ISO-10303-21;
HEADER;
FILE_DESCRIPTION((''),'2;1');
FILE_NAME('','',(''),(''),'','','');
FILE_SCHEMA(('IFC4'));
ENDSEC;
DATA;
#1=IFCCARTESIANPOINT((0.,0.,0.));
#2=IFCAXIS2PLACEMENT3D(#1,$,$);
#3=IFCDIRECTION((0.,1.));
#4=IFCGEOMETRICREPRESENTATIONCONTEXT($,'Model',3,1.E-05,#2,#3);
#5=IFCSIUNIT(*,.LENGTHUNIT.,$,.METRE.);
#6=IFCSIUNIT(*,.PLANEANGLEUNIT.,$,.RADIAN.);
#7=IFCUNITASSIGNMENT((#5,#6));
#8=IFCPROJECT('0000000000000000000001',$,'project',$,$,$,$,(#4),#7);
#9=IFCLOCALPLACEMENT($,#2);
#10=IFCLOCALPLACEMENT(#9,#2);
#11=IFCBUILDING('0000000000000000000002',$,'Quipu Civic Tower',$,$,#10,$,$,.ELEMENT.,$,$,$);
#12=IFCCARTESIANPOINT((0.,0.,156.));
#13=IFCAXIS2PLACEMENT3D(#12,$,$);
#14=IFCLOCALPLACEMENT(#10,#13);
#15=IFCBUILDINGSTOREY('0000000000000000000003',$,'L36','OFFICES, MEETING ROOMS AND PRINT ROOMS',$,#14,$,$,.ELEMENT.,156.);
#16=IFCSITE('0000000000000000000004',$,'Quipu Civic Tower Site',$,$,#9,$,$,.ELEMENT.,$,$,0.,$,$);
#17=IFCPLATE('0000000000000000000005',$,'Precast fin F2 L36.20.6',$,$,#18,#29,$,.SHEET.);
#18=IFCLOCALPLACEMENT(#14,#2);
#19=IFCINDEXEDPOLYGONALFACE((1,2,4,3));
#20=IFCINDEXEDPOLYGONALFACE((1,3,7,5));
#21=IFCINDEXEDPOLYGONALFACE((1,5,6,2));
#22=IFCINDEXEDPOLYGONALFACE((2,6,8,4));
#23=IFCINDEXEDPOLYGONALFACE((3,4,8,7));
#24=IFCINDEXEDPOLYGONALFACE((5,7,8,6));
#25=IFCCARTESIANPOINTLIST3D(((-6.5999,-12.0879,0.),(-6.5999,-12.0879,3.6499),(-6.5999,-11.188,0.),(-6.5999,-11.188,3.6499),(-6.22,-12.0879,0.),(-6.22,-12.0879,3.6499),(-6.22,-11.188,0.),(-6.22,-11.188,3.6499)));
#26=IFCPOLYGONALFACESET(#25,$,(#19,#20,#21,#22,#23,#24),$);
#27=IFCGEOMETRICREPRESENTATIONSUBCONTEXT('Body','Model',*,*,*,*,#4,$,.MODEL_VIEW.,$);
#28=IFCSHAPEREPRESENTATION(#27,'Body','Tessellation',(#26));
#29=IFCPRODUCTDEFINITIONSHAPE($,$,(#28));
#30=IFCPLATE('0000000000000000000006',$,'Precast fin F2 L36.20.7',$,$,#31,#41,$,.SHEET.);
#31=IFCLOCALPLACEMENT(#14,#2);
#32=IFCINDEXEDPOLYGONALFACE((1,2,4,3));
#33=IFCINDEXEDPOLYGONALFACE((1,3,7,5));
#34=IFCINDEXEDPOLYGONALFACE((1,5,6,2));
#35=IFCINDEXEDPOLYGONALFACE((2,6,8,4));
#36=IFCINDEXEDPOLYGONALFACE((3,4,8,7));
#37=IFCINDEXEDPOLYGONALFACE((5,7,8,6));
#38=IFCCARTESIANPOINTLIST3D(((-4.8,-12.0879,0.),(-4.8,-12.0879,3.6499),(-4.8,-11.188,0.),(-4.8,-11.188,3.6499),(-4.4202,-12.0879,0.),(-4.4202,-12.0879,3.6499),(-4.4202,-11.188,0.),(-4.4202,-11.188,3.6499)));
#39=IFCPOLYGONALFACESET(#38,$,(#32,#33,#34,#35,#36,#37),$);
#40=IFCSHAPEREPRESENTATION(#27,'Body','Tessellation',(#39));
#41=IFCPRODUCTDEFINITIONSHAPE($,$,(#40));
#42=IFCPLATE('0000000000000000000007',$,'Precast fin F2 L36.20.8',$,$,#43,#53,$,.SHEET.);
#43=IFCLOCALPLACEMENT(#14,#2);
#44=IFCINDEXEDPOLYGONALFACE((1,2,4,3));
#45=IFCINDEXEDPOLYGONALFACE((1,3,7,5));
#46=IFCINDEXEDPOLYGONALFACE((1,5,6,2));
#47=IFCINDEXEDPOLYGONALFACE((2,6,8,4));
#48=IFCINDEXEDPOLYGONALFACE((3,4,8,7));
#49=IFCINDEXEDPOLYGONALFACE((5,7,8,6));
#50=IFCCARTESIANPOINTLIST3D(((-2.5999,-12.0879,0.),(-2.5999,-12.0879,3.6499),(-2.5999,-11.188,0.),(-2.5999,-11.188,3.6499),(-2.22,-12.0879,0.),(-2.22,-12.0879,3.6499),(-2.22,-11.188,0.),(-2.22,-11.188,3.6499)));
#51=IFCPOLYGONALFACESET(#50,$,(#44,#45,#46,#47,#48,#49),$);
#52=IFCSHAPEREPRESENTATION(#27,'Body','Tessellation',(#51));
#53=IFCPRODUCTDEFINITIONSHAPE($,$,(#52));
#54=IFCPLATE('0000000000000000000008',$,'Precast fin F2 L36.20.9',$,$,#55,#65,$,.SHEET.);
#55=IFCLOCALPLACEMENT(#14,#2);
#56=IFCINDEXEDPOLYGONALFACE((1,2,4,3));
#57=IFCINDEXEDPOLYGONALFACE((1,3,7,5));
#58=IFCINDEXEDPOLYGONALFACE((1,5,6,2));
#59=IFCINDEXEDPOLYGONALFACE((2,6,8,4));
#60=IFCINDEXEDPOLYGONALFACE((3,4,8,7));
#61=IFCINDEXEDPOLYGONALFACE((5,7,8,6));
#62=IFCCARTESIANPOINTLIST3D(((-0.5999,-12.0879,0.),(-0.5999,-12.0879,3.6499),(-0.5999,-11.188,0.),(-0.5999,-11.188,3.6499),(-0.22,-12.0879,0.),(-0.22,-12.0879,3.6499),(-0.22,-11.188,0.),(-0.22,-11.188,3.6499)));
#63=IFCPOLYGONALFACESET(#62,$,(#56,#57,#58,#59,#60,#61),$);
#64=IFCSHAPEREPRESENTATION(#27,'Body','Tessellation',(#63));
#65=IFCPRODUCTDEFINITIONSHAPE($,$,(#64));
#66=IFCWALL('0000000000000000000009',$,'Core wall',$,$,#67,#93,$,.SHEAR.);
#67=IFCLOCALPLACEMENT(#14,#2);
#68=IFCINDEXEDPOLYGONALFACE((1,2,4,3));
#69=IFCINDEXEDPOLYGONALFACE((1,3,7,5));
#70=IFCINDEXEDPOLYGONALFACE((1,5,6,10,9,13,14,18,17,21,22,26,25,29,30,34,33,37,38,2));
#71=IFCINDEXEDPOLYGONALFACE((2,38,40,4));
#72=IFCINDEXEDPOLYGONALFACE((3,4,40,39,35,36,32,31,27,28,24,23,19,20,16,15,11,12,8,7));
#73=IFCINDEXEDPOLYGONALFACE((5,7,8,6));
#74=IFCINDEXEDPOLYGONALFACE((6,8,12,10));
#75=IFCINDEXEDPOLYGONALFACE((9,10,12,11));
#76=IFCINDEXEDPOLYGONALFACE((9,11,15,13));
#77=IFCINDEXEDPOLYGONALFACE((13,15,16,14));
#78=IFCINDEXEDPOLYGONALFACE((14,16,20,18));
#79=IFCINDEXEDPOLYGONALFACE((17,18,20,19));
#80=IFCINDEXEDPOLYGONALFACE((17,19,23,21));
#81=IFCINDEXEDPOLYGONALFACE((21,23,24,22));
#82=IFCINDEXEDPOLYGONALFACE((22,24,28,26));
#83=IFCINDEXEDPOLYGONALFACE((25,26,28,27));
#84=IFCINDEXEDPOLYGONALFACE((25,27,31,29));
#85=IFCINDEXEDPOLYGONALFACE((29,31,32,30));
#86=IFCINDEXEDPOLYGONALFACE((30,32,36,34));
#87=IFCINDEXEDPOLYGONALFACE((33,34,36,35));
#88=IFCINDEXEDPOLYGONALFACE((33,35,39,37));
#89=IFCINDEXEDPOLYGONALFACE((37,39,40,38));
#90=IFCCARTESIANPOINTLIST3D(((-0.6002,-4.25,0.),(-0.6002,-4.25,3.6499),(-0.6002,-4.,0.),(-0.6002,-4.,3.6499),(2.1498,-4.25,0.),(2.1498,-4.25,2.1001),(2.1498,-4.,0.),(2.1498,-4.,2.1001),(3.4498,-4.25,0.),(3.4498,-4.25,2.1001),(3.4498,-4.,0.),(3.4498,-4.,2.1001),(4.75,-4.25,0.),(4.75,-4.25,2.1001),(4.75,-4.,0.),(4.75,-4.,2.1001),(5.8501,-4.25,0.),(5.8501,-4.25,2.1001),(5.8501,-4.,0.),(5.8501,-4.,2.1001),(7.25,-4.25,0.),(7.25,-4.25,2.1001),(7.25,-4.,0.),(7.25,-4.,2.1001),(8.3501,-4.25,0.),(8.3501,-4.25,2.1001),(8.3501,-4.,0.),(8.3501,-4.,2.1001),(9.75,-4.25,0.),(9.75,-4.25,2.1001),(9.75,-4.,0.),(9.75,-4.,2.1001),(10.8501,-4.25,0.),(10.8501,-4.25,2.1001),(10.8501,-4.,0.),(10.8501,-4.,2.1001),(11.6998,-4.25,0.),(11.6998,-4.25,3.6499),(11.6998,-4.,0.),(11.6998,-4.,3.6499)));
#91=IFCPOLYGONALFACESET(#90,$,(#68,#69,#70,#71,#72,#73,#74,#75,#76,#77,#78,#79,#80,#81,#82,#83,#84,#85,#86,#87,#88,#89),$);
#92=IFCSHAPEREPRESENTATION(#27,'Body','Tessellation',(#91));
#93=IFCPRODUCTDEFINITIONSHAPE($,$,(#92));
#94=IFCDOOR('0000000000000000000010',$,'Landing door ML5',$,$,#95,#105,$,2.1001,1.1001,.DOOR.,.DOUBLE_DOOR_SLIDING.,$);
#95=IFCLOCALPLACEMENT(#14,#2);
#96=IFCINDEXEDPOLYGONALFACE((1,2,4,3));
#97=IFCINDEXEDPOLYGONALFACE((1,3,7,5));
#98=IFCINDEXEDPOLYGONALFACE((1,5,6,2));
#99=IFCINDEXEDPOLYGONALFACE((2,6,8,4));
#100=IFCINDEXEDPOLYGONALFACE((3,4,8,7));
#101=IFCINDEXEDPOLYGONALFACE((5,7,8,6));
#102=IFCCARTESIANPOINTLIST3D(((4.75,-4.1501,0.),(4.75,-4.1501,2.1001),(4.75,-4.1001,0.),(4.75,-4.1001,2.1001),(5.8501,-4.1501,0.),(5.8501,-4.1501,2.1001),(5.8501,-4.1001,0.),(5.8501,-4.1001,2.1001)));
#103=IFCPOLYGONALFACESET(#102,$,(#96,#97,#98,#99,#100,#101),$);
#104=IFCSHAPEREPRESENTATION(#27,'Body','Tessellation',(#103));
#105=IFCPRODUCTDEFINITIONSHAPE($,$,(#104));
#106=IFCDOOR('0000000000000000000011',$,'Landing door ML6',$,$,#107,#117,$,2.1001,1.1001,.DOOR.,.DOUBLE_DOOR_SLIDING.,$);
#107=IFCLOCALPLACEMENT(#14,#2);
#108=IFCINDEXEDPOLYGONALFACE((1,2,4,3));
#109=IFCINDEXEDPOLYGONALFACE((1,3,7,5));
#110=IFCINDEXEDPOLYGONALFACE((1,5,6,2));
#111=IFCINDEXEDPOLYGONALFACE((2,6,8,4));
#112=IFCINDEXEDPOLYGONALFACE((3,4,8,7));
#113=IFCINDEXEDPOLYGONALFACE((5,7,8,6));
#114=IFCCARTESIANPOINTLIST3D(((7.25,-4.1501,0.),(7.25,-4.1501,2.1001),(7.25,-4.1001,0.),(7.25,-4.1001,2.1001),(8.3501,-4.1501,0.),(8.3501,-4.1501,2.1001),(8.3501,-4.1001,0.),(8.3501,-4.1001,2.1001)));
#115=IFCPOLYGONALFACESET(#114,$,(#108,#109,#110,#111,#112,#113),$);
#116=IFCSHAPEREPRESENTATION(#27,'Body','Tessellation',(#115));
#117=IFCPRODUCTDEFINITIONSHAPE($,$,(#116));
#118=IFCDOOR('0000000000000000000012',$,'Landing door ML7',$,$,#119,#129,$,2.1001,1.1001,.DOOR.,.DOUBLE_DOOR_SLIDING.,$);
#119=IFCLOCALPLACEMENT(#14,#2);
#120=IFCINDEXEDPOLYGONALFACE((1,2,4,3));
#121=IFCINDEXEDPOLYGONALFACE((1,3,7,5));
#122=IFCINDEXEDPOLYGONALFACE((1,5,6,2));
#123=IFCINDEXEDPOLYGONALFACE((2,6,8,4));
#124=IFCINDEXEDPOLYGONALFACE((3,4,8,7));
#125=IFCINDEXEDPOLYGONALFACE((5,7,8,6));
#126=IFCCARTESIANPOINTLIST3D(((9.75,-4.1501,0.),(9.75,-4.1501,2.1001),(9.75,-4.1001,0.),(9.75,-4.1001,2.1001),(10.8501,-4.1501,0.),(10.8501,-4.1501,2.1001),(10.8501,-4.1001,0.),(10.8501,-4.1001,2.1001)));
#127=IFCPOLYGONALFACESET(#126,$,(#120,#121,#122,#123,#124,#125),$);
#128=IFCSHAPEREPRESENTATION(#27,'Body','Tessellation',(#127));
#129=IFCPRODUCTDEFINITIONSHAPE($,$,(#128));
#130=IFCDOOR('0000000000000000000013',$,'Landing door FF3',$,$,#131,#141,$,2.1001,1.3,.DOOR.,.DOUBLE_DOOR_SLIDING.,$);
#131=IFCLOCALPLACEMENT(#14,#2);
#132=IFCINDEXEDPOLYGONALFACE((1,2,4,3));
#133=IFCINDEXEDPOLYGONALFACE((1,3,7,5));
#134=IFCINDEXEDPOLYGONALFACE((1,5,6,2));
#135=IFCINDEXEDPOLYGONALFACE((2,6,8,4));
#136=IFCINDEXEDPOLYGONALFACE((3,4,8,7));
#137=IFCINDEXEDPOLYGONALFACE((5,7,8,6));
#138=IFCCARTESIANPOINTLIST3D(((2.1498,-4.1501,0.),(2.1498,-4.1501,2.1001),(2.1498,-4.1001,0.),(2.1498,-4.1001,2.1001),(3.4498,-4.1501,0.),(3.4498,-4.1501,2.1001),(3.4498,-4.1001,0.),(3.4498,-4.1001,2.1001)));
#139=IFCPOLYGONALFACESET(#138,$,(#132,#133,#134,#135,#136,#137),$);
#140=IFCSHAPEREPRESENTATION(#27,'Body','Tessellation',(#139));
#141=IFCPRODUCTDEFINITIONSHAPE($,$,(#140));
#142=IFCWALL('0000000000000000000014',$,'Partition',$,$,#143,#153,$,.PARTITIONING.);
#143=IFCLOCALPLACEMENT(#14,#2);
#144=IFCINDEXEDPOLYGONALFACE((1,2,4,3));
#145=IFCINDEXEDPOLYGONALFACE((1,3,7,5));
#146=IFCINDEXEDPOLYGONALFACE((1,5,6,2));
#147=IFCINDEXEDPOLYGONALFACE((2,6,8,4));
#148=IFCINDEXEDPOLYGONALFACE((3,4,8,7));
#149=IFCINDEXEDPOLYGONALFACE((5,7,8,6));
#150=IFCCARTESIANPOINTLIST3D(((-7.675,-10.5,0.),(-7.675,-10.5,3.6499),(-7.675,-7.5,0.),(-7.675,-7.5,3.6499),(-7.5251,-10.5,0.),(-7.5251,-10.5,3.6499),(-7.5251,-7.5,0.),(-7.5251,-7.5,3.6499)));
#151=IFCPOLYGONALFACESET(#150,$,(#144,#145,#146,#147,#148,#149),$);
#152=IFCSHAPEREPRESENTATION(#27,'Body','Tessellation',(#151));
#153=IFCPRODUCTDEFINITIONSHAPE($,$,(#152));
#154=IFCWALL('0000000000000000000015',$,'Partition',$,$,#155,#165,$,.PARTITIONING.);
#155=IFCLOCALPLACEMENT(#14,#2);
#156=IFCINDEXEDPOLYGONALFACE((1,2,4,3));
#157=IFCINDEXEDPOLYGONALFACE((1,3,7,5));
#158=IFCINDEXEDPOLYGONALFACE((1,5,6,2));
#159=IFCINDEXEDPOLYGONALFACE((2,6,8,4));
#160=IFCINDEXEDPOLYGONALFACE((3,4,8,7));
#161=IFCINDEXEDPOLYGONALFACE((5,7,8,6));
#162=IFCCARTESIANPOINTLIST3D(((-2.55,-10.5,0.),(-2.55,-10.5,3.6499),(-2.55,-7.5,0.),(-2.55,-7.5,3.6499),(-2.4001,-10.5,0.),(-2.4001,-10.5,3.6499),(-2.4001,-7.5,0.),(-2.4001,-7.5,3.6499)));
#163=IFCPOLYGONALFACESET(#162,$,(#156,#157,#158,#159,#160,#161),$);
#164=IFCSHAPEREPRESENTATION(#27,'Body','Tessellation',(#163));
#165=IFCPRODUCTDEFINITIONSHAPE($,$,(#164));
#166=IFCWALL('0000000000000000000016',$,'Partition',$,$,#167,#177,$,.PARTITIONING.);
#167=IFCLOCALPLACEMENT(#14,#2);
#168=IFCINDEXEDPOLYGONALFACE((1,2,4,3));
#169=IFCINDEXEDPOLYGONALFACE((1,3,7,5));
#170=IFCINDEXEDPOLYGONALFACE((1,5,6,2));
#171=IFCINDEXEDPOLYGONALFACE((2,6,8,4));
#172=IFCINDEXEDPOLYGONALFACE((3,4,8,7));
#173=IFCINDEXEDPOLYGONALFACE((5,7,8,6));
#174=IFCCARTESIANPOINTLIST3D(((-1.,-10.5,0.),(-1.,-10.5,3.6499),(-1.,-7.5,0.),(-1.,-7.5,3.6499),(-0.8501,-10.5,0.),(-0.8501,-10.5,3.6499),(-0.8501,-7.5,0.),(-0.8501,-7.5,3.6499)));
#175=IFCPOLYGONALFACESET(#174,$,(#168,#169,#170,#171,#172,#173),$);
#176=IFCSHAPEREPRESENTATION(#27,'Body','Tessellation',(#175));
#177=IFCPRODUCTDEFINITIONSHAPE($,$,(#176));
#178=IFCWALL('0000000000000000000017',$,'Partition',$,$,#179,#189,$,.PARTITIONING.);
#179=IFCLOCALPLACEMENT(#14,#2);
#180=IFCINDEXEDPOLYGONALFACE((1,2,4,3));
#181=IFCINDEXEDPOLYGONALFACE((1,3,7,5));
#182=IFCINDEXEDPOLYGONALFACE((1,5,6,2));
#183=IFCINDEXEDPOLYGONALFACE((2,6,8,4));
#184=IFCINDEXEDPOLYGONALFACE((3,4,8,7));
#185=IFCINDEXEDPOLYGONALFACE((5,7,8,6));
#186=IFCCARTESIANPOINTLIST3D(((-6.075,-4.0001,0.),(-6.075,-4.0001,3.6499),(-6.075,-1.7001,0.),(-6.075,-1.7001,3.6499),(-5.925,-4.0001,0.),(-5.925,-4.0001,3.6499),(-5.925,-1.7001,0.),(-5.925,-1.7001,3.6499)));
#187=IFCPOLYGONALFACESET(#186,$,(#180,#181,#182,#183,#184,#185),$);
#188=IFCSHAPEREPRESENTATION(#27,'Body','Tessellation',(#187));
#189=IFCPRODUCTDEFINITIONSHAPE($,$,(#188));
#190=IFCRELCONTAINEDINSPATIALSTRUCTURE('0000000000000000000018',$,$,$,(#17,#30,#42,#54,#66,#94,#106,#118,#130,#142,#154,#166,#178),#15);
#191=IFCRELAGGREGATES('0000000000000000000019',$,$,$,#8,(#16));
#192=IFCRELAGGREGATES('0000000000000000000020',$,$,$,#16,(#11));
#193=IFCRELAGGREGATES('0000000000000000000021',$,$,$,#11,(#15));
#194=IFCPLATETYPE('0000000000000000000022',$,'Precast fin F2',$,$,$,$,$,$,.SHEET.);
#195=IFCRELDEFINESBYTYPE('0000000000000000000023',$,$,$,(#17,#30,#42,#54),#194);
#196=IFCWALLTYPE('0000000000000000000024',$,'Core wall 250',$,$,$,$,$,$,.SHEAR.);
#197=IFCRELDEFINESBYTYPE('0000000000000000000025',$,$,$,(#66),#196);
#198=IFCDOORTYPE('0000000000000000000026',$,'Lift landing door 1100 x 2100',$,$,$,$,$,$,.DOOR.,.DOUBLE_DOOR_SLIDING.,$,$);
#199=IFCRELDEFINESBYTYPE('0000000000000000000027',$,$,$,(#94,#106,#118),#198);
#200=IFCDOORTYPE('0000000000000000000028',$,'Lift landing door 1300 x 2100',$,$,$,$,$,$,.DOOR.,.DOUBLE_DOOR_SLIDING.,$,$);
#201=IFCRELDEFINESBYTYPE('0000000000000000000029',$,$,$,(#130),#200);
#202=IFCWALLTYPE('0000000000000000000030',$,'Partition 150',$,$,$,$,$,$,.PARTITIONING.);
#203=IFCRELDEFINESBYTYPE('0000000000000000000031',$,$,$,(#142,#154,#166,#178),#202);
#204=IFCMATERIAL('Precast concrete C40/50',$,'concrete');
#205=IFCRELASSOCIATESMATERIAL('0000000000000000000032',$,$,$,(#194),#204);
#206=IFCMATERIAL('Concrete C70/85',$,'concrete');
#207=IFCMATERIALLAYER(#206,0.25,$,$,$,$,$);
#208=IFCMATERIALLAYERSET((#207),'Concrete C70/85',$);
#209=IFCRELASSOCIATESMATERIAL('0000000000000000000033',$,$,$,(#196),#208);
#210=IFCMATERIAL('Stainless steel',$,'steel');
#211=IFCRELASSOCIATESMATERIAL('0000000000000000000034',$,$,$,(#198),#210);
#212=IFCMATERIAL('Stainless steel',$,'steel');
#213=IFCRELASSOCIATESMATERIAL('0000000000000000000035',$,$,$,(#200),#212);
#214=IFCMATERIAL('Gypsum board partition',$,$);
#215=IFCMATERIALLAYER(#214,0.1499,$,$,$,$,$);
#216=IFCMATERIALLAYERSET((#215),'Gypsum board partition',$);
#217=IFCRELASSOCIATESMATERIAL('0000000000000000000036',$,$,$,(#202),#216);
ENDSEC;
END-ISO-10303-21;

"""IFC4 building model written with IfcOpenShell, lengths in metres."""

from ifc_helpers import new_model, si_unit, direction, frame, frame_2d, origin, origin_2d, place, context, subcontext, project, spatial, rectangle, extrude, material, layer, layer_set, type_object, element, fill, save


model = new_model("IFC4")

# Units and contexts
model_context = context("Model", 3, precision=1e-05, world=origin(), true_north=direction((0.0, 1.0)))
body_context = subcontext(model_context, "Body", "Model", "MODEL_VIEW")
ifc_project = project(units=[si_unit("LENGTHUNIT", "METRE"), si_unit("PLANEANGLEUNIT", "RADIAN")], contexts=[model_context])

# Site, building, storey
site_placement = place(None, origin())
site = spatial("IfcSite", under=ifc_project, at=site_placement, Name="Quipu Civic Tower Site", CompositionType="ELEMENT", RefElevation=0.0)
building_placement = place(site_placement, origin())
building = spatial("IfcBuilding", under=site, at=building_placement, Name="Quipu Civic Tower", CompositionType="ELEMENT")
storey_placement = place(building_placement, frame((0.0, 0.0, 156.0)))
storey = spatial("IfcBuildingStorey", under=building, at=storey_placement, Name="L36", Description="OFFICES, MEETING ROOMS AND PRINT ROOMS", CompositionType="ELEMENT", Elevation=156.0)

# Plates
ifc_material_1 = material(Name="Precast concrete C40/50", Category="concrete")
plate_type = type_object("IfcPlateType", Name="Precast fin F2", PredefinedType="SHEET", material=ifc_material_1)
for number, where, z_axis, x_axis, name in (
    (1, (-6.4099, -11.6379, 0.0), (0.0, 0.0, 1.0), (1.0, 0.0, 0.0), "Precast fin F2 L36.20.6"),
    (2, (-4.6101, -11.6379, 0.0), (0.0, 0.0, 1.0), (1.0, 0.0, 0.0), "Precast fin F2 L36.20.7"),
    (3, (-2.4099, -11.6379, 0.0), (0.0, 0.0, 1.0), (1.0, 0.0, 0.0), "Precast fin F2 L36.20.8"),
    (4, (-0.4099, -11.6379, 0.0), (0.0, 0.0, 1.0), (1.0, 0.0, 0.0), "Precast fin F2 L36.20.9"),
):
    element("IfcPlate", number, at=place(storey_placement, frame(where, z_axis=z_axis, x_axis=x_axis)), inside=storey, type_object=plate_type, Name=name, PredefinedType="SHEET", context=body_context, shape_type="SweptSolid", body=[
        extrude(rectangle(XDim=0.3799, YDim=0.8999, at=origin_2d()), origin(), (0.0, 0.0, 1.0), 3.6499),
    ])

# Wall, openings, doors
ifc_material_2 = material(Name="Concrete C70/85", Category="concrete")
ifc_layer_1 = layer(ifc_material_2, 0.25)
ifc_layer_set_1 = layer_set([ifc_layer_1], Name="Concrete C70/85")
wall_type_1 = type_object("IfcWallType", Name="Core wall 250", PredefinedType="SHEAR", material=ifc_layer_set_1)
wall_1_placement = place(storey_placement, frame((-0.6001, -4.125, 0.0), z_axis=(0.0, 0.0, 1.0), x_axis=(1.0, 0.0, 0.0)))
wall_1 = element("IfcWall", 5, at=wall_1_placement, inside=storey, type_object=wall_type_1, Name="Core wall", PredefinedType="SHEAR", context=body_context, shape_type="SweptSolid", body=[
    extrude(rectangle(XDim=12.3, YDim=0.25, at=frame_2d((6.1499, 0.0))), origin(), (0.0, 0.0, 1.0), 3.6499),
])
opening_1_placement = place(wall_1_placement, frame((2.75, 0.0, 0.0)))
opening_1 = element("IfcOpeningElement", 6, at=opening_1_placement, cuts=wall_1, PredefinedType="OPENING", context=body_context, shape_type="SweptSolid", body=[
    extrude(rectangle(XDim=1.3, YDim=2.1001, at=frame_2d((0.6499, 1.05))), frame((0.0, 0.135, 0.0), z_axis=(0.0, -1.0, 0.0), x_axis=(1.0, 0.0, 0.0)), (0.0, 0.0, 1.0), 0.27),
])
opening_2_placement = place(wall_1_placement, frame((5.3501, 0.0, 0.0)))
opening_2 = element("IfcOpeningElement", 7, at=opening_2_placement, cuts=wall_1, PredefinedType="OPENING", context=body_context, shape_type="SweptSolid", body=[
    extrude(rectangle(XDim=1.1001, YDim=2.1001, at=frame_2d((0.55, 1.05))), frame((0.0, 0.135, 0.0), z_axis=(0.0, -1.0, 0.0), x_axis=(1.0, 0.0, 0.0)), (0.0, 0.0, 1.0), 0.27),
])
opening_3_placement = place(wall_1_placement, frame((7.8501, 0.0, 0.0)))
opening_3 = element("IfcOpeningElement", 8, at=opening_3_placement, cuts=wall_1, PredefinedType="OPENING", context=body_context, shape_type="SweptSolid", body=[
    extrude(rectangle(XDim=1.1001, YDim=2.1001, at=frame_2d((0.55, 1.05))), frame((0.0, 0.135, 0.0), z_axis=(0.0, -1.0, 0.0), x_axis=(1.0, 0.0, 0.0)), (0.0, 0.0, 1.0), 0.27),
])
opening_4_placement = place(wall_1_placement, frame((10.3501, 0.0, 0.0)))
opening_4 = element("IfcOpeningElement", 9, at=opening_4_placement, cuts=wall_1, PredefinedType="OPENING", context=body_context, shape_type="SweptSolid", body=[
    extrude(rectangle(XDim=1.1001, YDim=2.1001, at=frame_2d((0.55, 1.05))), frame((0.0, 0.135, 0.0), z_axis=(0.0, -1.0, 0.0), x_axis=(1.0, 0.0, 0.0)), (0.0, 0.0, 1.0), 0.27),
])
ifc_material_3 = material(Name="Stainless steel", Category="steel")
door_type_1 = type_object("IfcDoorType", Name="Lift landing door 1100 x 2100", OperationType="DOUBLE_DOOR_SLIDING", PredefinedType="DOOR", material=ifc_material_3)
door_1_placement = place(opening_2_placement, origin())
door_1 = element("IfcDoor", 10, at=door_1_placement, inside=storey, type_object=door_type_1, Name="Landing door ML5", OperationType="DOUBLE_DOOR_SLIDING", OverallHeight=2.1001, OverallWidth=1.1001, PredefinedType="DOOR", context=body_context, shape_type="SweptSolid", body=[
    extrude(rectangle(XDim=1.1001, YDim=2.1001, at=frame_2d((0.55, 1.05))), frame((0.0, 0.0249, 0.0), z_axis=(0.0, -1.0, 0.0), x_axis=(1.0, 0.0, 0.0)), (0.0, 0.0, 1.0), 0.05),
])
fill(opening_2, door_1)
door_2_placement = place(opening_3_placement, origin())
door_2 = element("IfcDoor", 11, at=door_2_placement, inside=storey, type_object=door_type_1, Name="Landing door ML6", OperationType="DOUBLE_DOOR_SLIDING", OverallHeight=2.1001, OverallWidth=1.1001, PredefinedType="DOOR", context=body_context, shape_type="SweptSolid", body=[
    extrude(rectangle(XDim=1.1001, YDim=2.1001, at=frame_2d((0.55, 1.05))), frame((0.0, 0.0249, 0.0), z_axis=(0.0, -1.0, 0.0), x_axis=(1.0, 0.0, 0.0)), (0.0, 0.0, 1.0), 0.05),
])
fill(opening_3, door_2)
door_3_placement = place(opening_4_placement, origin())
door_3 = element("IfcDoor", 12, at=door_3_placement, inside=storey, type_object=door_type_1, Name="Landing door ML7", OperationType="DOUBLE_DOOR_SLIDING", OverallHeight=2.1001, OverallWidth=1.1001, PredefinedType="DOOR", context=body_context, shape_type="SweptSolid", body=[
    extrude(rectangle(XDim=1.1001, YDim=2.1001, at=frame_2d((0.55, 1.05))), frame((0.0, 0.0249, 0.0), z_axis=(0.0, -1.0, 0.0), x_axis=(1.0, 0.0, 0.0)), (0.0, 0.0, 1.0), 0.05),
])
fill(opening_4, door_3)
ifc_material_4 = material(Name="Stainless steel", Category="steel")
door_type_2 = type_object("IfcDoorType", Name="Lift landing door 1300 x 2100", OperationType="DOUBLE_DOOR_SLIDING", PredefinedType="DOOR", material=ifc_material_4)
door_4_placement = place(opening_1_placement, origin())
door_4 = element("IfcDoor", 13, at=door_4_placement, inside=storey, type_object=door_type_2, Name="Landing door FF3", OperationType="DOUBLE_DOOR_SLIDING", OverallHeight=2.1001, OverallWidth=1.3, PredefinedType="DOOR", context=body_context, shape_type="SweptSolid", body=[
    extrude(rectangle(XDim=1.3, YDim=2.1001, at=frame_2d((0.6499, 1.05))), frame((0.0, 0.0249, 0.0), z_axis=(0.0, -1.0, 0.0), x_axis=(1.0, 0.0, 0.0)), (0.0, 0.0, 1.0), 0.05),
])
fill(opening_1, door_4)

# Walls
ifc_material_5 = material(Name="Gypsum board partition")
ifc_layer_2 = layer(ifc_material_5, 0.1499)
ifc_layer_set_2 = layer_set([ifc_layer_2], Name="Gypsum board partition")
wall_type_2 = type_object("IfcWallType", Name="Partition 150", PredefinedType="PARTITIONING", material=ifc_layer_set_2)
for number, where, z_axis, x_axis, name in (
    (14, (-7.6001, -10.5, 0.0), (0.0, 0.0, 1.0), (0.0, 1.0, 0.0), "Partition"),
    (15, (-2.4751, -10.5, 0.0), (0.0, 0.0, 1.0), (0.0, 1.0, 0.0), "Partition"),
    (16, (-0.925, -10.5, 0.0), (0.0, 0.0, 1.0), (0.0, 1.0, 0.0), "Partition"),
):
    element("IfcWall", number, at=place(storey_placement, frame(where, z_axis=z_axis, x_axis=x_axis)), inside=storey, type_object=wall_type_2, Name=name, PredefinedType="PARTITIONING", context=body_context, shape_type="SweptSolid", body=[
        extrude(rectangle(XDim=3.0, YDim=0.1499, at=frame_2d((1.5, 0.0))), origin(), (0.0, 0.0, 1.0), 3.6499),
    ])
wall_2_placement = place(storey_placement, frame((-6.0, -4.0, 0.0), z_axis=(0.0, 0.0, 1.0), x_axis=(0.0, 1.0, 0.0)))
element("IfcWall", 17, at=wall_2_placement, inside=storey, type_object=wall_type_2, Name="Partition", PredefinedType="PARTITIONING", context=body_context, shape_type="SweptSolid", body=[
    extrude(rectangle(XDim=2.3, YDim=0.1499, at=frame_2d((1.1499, 0.0))), origin(), (0.0, 0.0, 1.0), 3.6499),
])

save(model, "model.ifc")
